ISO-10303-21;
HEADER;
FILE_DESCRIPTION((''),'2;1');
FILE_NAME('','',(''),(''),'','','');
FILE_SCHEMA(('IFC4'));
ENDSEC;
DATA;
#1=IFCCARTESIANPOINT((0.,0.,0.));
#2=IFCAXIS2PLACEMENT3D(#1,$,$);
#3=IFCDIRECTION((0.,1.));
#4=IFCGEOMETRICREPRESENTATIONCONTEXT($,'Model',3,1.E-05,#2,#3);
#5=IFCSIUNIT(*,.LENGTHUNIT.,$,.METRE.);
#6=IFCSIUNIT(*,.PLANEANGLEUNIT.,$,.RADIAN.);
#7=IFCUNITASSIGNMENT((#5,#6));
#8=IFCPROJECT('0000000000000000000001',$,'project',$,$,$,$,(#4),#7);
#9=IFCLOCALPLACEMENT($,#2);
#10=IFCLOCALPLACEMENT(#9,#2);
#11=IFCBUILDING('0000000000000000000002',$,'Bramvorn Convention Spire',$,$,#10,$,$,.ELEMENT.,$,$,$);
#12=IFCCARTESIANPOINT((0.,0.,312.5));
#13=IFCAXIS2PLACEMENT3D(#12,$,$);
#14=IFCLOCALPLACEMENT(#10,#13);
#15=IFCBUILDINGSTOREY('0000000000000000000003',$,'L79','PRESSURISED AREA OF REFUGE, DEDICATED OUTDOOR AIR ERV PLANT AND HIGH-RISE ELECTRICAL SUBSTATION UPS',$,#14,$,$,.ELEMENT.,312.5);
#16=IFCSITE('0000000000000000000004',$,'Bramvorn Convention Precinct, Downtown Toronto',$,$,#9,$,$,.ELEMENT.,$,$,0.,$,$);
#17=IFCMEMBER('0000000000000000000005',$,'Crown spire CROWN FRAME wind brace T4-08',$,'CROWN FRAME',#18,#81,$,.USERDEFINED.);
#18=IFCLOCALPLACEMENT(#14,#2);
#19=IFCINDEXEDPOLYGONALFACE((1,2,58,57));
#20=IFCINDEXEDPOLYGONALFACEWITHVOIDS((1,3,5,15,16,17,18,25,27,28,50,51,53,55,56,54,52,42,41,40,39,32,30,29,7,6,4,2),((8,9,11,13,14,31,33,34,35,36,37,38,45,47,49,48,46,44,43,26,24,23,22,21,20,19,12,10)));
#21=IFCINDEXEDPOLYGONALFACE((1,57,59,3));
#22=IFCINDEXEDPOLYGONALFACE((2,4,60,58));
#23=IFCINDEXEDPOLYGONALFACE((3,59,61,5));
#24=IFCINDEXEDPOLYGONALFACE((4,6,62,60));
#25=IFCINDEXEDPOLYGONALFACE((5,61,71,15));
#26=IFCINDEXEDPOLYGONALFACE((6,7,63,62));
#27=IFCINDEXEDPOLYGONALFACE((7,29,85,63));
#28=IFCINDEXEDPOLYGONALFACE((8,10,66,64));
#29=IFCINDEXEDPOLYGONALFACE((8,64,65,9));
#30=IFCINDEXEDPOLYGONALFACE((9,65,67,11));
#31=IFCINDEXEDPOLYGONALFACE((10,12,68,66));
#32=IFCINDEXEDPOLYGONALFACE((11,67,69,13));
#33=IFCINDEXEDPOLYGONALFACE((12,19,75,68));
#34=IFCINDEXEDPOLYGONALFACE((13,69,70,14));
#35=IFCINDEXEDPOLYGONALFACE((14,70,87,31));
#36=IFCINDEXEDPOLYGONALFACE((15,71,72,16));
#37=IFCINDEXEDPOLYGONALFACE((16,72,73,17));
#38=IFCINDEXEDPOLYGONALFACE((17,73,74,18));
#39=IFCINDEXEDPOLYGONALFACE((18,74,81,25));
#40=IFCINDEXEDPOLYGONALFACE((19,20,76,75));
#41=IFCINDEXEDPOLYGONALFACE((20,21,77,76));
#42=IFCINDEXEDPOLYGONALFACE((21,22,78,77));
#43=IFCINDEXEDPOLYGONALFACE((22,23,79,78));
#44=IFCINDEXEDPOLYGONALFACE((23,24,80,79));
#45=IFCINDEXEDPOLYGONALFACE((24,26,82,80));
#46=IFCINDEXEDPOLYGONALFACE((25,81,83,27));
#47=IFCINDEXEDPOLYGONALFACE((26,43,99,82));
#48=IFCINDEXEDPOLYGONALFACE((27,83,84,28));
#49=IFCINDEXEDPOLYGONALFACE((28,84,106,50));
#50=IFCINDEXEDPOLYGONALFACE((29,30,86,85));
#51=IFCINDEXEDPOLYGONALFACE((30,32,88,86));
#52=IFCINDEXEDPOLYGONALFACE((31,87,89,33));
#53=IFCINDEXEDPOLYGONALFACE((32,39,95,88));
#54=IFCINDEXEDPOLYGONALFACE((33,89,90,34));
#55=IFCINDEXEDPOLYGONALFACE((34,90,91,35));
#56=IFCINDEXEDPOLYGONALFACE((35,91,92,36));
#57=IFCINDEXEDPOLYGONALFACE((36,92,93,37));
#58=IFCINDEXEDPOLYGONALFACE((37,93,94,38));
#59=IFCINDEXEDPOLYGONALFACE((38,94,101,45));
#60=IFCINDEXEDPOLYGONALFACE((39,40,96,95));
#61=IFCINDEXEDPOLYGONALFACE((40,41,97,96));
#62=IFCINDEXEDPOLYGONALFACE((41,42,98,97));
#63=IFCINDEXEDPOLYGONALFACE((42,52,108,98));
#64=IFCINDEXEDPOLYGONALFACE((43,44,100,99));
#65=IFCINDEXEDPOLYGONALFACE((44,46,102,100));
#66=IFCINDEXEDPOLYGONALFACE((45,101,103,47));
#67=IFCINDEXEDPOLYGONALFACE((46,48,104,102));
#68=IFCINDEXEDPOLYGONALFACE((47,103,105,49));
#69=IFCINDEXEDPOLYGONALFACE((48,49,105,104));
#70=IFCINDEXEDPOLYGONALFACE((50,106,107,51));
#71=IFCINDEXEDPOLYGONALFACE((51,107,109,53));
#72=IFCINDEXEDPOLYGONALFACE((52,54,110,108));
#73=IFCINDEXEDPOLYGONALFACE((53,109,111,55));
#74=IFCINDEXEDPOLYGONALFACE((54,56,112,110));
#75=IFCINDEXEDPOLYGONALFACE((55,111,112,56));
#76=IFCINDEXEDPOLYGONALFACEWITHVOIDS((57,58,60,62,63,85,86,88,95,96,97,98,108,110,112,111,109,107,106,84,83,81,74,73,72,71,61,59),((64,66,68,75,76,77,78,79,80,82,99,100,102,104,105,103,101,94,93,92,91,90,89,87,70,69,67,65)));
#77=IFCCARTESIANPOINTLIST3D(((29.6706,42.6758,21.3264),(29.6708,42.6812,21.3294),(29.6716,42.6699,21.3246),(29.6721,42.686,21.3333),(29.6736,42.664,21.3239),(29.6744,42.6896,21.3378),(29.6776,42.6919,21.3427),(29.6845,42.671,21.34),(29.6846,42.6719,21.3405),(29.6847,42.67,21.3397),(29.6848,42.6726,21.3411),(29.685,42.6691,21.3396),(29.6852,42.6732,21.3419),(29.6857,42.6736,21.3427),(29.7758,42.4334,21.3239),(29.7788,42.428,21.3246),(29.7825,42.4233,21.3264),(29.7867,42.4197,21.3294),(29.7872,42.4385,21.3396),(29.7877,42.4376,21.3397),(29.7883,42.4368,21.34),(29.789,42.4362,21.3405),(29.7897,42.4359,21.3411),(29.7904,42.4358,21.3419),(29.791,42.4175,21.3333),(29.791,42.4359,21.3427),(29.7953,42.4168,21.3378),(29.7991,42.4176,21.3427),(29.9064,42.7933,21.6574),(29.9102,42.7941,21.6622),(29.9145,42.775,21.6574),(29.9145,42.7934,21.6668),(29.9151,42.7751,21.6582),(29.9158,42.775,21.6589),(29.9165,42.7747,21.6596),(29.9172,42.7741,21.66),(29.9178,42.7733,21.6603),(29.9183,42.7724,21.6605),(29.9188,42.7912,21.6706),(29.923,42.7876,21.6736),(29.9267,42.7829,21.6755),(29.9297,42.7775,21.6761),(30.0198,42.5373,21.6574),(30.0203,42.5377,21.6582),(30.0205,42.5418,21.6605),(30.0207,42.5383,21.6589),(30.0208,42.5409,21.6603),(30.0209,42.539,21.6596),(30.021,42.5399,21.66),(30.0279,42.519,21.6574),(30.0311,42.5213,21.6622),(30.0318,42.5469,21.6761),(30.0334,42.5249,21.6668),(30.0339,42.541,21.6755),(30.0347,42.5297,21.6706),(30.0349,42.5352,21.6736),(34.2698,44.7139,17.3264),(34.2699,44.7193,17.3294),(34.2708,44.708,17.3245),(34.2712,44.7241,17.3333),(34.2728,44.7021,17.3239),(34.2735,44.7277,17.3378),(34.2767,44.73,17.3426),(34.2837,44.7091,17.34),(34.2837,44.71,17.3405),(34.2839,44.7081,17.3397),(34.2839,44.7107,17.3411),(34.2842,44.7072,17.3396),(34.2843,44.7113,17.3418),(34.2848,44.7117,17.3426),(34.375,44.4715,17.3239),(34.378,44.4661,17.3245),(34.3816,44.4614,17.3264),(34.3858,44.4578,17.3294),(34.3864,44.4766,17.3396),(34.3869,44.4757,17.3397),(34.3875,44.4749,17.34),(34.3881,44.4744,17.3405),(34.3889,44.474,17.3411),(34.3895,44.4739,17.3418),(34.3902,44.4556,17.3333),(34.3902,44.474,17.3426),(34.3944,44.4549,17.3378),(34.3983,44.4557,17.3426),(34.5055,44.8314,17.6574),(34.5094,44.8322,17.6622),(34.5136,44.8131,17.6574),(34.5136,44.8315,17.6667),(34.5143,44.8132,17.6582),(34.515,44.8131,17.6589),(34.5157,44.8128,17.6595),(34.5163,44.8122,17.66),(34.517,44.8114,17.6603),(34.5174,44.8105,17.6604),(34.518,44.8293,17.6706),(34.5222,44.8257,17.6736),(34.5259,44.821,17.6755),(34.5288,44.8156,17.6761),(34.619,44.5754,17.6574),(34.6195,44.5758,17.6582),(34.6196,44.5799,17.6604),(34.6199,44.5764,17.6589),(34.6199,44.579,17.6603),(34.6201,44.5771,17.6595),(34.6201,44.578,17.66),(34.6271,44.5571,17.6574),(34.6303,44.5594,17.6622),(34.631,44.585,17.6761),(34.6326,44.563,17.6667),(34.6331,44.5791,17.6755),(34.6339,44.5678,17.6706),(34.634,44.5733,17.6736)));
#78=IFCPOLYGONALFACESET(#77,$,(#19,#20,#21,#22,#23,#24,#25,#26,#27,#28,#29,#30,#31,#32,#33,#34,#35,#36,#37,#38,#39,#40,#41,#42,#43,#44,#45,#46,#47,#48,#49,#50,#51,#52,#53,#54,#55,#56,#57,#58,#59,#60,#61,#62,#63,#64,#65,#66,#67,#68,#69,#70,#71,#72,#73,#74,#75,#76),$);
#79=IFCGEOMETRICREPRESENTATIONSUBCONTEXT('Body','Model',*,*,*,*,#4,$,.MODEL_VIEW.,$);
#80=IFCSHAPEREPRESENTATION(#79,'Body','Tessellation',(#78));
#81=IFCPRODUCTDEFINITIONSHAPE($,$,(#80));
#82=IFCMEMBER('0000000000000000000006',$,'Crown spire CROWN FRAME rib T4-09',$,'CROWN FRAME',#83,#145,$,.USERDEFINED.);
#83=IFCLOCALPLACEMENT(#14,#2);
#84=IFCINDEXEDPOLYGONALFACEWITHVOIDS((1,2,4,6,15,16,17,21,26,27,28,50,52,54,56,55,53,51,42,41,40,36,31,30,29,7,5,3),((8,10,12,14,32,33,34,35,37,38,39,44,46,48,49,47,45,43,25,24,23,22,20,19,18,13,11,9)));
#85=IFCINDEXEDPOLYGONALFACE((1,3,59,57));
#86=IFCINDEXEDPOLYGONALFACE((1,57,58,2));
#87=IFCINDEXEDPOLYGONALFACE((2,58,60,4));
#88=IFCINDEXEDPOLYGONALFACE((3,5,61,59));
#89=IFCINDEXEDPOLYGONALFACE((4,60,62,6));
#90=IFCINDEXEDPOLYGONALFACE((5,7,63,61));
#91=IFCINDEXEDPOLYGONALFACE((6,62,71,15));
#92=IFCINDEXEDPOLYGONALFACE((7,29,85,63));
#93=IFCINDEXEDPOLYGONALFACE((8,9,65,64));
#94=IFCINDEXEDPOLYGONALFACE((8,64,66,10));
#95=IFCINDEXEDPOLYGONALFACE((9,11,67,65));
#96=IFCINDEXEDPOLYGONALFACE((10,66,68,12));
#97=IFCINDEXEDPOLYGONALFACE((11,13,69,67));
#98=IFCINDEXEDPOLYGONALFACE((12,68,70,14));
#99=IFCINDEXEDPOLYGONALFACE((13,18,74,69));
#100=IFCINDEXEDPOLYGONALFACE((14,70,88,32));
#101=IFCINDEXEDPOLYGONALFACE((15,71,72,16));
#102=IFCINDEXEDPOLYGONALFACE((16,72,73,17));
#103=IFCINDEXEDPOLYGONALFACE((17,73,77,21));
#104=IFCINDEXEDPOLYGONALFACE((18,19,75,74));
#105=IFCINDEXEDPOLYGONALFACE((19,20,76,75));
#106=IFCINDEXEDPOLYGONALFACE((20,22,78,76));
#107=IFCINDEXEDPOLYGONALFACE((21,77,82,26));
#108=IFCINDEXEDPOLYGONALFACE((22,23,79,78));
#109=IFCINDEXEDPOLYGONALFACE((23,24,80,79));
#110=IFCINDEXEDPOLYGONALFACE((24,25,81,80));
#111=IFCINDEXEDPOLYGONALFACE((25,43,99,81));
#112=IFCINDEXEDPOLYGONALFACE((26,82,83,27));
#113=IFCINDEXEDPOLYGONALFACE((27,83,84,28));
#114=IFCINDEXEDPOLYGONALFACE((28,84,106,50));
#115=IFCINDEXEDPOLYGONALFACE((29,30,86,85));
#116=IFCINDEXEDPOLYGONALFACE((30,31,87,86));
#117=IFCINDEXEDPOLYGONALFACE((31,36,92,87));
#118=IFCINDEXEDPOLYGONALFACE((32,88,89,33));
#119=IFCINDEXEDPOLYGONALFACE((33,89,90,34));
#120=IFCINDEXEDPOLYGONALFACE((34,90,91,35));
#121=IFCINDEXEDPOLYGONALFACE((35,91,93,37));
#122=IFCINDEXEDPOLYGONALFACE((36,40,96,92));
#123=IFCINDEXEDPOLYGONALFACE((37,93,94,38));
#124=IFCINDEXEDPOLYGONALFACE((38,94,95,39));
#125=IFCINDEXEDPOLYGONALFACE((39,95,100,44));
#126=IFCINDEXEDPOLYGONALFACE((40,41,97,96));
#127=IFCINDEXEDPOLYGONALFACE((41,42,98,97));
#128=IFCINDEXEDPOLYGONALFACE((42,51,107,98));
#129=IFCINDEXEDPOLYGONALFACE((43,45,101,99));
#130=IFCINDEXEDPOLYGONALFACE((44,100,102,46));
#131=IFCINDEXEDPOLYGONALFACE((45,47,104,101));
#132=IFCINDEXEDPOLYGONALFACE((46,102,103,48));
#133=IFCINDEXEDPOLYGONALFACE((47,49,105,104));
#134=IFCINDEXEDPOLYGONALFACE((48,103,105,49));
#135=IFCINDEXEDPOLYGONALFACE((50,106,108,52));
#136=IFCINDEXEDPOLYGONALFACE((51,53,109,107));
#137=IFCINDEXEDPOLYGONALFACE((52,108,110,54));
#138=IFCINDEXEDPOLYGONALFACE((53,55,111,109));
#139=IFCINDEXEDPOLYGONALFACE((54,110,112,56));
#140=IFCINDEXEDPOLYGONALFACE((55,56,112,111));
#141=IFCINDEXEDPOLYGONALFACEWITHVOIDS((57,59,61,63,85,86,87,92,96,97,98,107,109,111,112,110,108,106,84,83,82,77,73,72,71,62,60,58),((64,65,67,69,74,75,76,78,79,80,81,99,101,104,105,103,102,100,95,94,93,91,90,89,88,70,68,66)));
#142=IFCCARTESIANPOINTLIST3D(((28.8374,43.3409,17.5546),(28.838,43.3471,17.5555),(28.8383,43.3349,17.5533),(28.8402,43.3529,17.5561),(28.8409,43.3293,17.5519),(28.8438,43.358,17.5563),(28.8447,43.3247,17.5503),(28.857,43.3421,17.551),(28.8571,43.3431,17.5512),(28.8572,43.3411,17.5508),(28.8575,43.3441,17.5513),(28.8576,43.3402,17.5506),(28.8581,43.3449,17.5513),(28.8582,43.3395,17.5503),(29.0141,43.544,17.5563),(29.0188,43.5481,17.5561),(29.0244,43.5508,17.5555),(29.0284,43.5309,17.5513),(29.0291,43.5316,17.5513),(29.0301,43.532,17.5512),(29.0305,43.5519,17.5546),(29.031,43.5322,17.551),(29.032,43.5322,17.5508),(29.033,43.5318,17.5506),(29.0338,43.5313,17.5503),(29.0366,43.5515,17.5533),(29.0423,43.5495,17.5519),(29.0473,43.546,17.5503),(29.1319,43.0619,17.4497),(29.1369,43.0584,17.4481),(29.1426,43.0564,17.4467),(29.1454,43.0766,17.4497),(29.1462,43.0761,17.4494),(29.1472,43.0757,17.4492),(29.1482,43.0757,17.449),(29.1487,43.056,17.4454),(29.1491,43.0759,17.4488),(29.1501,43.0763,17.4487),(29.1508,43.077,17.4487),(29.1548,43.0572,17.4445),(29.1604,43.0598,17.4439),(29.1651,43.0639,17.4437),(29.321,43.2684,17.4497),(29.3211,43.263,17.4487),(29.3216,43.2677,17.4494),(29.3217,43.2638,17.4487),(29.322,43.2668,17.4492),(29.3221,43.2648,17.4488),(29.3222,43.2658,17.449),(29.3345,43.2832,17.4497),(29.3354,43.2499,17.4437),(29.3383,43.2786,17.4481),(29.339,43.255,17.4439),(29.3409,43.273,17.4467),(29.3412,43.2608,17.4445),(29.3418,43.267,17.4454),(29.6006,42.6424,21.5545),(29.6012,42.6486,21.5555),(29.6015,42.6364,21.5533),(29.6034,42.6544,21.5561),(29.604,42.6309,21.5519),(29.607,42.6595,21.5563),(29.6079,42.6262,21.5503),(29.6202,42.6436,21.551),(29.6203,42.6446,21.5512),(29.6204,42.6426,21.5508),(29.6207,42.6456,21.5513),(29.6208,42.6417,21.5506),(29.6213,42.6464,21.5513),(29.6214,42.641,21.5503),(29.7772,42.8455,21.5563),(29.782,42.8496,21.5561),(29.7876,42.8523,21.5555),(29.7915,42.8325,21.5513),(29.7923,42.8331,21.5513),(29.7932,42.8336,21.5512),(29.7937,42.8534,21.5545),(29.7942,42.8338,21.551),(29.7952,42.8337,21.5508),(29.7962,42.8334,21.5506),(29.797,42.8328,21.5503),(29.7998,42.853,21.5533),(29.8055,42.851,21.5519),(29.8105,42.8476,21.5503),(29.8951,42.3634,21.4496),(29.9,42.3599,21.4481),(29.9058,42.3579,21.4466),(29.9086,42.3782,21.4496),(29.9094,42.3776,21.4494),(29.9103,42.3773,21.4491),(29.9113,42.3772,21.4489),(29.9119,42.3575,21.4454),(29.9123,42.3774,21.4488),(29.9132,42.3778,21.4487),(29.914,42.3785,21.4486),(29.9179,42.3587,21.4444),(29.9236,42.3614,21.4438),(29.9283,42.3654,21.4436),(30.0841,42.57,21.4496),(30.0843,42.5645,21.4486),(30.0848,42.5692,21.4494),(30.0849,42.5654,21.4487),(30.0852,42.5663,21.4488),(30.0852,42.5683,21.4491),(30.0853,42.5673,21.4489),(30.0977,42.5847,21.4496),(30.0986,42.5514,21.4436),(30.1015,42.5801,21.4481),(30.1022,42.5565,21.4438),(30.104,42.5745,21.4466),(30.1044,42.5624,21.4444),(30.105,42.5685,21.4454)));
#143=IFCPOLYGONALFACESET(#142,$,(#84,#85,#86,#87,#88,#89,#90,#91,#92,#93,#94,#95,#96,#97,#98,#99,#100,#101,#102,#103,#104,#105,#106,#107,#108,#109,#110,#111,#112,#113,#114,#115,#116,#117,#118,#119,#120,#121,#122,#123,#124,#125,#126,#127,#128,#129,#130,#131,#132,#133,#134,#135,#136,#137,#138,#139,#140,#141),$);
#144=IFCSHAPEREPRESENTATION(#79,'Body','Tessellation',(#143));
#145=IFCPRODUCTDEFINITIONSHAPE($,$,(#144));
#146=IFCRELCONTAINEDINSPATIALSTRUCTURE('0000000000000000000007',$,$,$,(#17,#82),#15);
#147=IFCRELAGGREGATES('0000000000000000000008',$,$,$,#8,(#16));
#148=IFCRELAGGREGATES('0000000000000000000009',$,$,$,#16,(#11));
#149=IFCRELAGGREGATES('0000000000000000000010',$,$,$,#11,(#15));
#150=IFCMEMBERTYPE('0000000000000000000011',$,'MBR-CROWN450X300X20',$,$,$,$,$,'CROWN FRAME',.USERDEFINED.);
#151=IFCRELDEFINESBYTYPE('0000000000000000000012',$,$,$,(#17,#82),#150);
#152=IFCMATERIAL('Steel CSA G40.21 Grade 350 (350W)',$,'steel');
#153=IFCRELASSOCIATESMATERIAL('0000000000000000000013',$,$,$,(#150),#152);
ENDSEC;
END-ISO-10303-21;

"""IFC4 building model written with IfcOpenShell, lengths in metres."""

from ifc_helpers import new_model, si_unit, direction, frame, origin, origin_2d, place, context, subcontext, project, spatial, hollow_rectangle, extrude, material, material_profile, profile_set, type_object, element, save


model = new_model("IFC4")

# Units and contexts
model_context = context("Model", 3, precision=1e-05, world=origin(), true_north=direction((0.0, 1.0)))
body_context = subcontext(model_context, "Body", "Model", "MODEL_VIEW")
ifc_project = project(units=[si_unit("LENGTHUNIT", "METRE"), si_unit("PLANEANGLEUNIT", "RADIAN")], contexts=[model_context])

# Site, building, storey
site_placement = place(None, origin())
site = spatial("IfcSite", under=ifc_project, at=site_placement, Name="Bramvorn Convention Precinct, Downtown Toronto", CompositionType="ELEMENT", RefElevation=0.0)
building_placement = place(site_placement, origin())
building = spatial("IfcBuilding", under=site, at=building_placement, Name="Bramvorn Convention Spire", CompositionType="ELEMENT")
storey_placement = place(building_placement, frame((0.0, 0.0, 312.5)))
storey = spatial("IfcBuildingStorey", under=building, at=storey_placement, Name="L79", Description="PRESSURISED AREA OF REFUGE, DEDICATED OUTDOOR AIR ERV PLANT AND HIGH-RISE ELECTRICAL SUBSTATION UPS", CompositionType="ELEMENT", Elevation=312.5)

# Members
ifc_material_1 = material(Name="Steel CSA G40.21 Grade 350 (350W)", Category="steel")
ifc_material_profile = material_profile(ifc_material_1, hollow_rectangle(XDim=0.3, YDim=0.45, WallThickness=0.02, InnerFilletRadius=0.0039, OuterFilletRadius=0.0239, at=origin_2d()))
ifc_profile_set = profile_set([ifc_material_profile], Name="Steel CSA G40.21 Grade 350 (350W) - CROWN450X300X20")
member_type = type_object("IfcMemberType", Name="MBR-CROWN450X300X20", ElementType="CROWN FRAME", PredefinedType="USERDEFINED", material=ifc_profile_set)
member_1_placement = place(storey_placement, frame((34.4519, 44.6436, 17.5), z_axis=(-0.715599, -0.317115, 0.622379), x_axis=(0.405148, -0.914251, 0.0)))
element("IfcMember", 1, at=member_1_placement, inside=storey, type_object=member_type, Name="Crown spire CROWN FRAME wind brace T4-08", ObjectType="CROWN FRAME", PredefinedType="USERDEFINED", context=body_context, shape_type="SweptSolid", body=[
    extrude(hollow_rectangle(XDim=0.3, YDim=0.45, WallThickness=0.02, InnerFilletRadius=0.0039, OuterFilletRadius=0.0239, at=origin_2d()), origin(), (0.0, 0.0, 1.0), 6.427),
])
member_2_placement = place(storey_placement, frame((29.0896, 43.304, 17.5), z_axis=(0.184717, -0.169058, 0.968142), x_axis=(0.675147, 0.737683, 0.0)))
element("IfcMember", 2, at=member_2_placement, inside=storey, type_object=member_type, Name="Crown spire CROWN FRAME rib T4-09", ObjectType="CROWN FRAME", PredefinedType="USERDEFINED", context=body_context, shape_type="SweptSolid", body=[
    extrude(hollow_rectangle(XDim=0.3, YDim=0.45, WallThickness=0.02, InnerFilletRadius=0.0039, OuterFilletRadius=0.0239, at=origin_2d()), origin(), (0.0, 0.0, 1.0), 4.1316),
])

save(model, "model.ifc")
